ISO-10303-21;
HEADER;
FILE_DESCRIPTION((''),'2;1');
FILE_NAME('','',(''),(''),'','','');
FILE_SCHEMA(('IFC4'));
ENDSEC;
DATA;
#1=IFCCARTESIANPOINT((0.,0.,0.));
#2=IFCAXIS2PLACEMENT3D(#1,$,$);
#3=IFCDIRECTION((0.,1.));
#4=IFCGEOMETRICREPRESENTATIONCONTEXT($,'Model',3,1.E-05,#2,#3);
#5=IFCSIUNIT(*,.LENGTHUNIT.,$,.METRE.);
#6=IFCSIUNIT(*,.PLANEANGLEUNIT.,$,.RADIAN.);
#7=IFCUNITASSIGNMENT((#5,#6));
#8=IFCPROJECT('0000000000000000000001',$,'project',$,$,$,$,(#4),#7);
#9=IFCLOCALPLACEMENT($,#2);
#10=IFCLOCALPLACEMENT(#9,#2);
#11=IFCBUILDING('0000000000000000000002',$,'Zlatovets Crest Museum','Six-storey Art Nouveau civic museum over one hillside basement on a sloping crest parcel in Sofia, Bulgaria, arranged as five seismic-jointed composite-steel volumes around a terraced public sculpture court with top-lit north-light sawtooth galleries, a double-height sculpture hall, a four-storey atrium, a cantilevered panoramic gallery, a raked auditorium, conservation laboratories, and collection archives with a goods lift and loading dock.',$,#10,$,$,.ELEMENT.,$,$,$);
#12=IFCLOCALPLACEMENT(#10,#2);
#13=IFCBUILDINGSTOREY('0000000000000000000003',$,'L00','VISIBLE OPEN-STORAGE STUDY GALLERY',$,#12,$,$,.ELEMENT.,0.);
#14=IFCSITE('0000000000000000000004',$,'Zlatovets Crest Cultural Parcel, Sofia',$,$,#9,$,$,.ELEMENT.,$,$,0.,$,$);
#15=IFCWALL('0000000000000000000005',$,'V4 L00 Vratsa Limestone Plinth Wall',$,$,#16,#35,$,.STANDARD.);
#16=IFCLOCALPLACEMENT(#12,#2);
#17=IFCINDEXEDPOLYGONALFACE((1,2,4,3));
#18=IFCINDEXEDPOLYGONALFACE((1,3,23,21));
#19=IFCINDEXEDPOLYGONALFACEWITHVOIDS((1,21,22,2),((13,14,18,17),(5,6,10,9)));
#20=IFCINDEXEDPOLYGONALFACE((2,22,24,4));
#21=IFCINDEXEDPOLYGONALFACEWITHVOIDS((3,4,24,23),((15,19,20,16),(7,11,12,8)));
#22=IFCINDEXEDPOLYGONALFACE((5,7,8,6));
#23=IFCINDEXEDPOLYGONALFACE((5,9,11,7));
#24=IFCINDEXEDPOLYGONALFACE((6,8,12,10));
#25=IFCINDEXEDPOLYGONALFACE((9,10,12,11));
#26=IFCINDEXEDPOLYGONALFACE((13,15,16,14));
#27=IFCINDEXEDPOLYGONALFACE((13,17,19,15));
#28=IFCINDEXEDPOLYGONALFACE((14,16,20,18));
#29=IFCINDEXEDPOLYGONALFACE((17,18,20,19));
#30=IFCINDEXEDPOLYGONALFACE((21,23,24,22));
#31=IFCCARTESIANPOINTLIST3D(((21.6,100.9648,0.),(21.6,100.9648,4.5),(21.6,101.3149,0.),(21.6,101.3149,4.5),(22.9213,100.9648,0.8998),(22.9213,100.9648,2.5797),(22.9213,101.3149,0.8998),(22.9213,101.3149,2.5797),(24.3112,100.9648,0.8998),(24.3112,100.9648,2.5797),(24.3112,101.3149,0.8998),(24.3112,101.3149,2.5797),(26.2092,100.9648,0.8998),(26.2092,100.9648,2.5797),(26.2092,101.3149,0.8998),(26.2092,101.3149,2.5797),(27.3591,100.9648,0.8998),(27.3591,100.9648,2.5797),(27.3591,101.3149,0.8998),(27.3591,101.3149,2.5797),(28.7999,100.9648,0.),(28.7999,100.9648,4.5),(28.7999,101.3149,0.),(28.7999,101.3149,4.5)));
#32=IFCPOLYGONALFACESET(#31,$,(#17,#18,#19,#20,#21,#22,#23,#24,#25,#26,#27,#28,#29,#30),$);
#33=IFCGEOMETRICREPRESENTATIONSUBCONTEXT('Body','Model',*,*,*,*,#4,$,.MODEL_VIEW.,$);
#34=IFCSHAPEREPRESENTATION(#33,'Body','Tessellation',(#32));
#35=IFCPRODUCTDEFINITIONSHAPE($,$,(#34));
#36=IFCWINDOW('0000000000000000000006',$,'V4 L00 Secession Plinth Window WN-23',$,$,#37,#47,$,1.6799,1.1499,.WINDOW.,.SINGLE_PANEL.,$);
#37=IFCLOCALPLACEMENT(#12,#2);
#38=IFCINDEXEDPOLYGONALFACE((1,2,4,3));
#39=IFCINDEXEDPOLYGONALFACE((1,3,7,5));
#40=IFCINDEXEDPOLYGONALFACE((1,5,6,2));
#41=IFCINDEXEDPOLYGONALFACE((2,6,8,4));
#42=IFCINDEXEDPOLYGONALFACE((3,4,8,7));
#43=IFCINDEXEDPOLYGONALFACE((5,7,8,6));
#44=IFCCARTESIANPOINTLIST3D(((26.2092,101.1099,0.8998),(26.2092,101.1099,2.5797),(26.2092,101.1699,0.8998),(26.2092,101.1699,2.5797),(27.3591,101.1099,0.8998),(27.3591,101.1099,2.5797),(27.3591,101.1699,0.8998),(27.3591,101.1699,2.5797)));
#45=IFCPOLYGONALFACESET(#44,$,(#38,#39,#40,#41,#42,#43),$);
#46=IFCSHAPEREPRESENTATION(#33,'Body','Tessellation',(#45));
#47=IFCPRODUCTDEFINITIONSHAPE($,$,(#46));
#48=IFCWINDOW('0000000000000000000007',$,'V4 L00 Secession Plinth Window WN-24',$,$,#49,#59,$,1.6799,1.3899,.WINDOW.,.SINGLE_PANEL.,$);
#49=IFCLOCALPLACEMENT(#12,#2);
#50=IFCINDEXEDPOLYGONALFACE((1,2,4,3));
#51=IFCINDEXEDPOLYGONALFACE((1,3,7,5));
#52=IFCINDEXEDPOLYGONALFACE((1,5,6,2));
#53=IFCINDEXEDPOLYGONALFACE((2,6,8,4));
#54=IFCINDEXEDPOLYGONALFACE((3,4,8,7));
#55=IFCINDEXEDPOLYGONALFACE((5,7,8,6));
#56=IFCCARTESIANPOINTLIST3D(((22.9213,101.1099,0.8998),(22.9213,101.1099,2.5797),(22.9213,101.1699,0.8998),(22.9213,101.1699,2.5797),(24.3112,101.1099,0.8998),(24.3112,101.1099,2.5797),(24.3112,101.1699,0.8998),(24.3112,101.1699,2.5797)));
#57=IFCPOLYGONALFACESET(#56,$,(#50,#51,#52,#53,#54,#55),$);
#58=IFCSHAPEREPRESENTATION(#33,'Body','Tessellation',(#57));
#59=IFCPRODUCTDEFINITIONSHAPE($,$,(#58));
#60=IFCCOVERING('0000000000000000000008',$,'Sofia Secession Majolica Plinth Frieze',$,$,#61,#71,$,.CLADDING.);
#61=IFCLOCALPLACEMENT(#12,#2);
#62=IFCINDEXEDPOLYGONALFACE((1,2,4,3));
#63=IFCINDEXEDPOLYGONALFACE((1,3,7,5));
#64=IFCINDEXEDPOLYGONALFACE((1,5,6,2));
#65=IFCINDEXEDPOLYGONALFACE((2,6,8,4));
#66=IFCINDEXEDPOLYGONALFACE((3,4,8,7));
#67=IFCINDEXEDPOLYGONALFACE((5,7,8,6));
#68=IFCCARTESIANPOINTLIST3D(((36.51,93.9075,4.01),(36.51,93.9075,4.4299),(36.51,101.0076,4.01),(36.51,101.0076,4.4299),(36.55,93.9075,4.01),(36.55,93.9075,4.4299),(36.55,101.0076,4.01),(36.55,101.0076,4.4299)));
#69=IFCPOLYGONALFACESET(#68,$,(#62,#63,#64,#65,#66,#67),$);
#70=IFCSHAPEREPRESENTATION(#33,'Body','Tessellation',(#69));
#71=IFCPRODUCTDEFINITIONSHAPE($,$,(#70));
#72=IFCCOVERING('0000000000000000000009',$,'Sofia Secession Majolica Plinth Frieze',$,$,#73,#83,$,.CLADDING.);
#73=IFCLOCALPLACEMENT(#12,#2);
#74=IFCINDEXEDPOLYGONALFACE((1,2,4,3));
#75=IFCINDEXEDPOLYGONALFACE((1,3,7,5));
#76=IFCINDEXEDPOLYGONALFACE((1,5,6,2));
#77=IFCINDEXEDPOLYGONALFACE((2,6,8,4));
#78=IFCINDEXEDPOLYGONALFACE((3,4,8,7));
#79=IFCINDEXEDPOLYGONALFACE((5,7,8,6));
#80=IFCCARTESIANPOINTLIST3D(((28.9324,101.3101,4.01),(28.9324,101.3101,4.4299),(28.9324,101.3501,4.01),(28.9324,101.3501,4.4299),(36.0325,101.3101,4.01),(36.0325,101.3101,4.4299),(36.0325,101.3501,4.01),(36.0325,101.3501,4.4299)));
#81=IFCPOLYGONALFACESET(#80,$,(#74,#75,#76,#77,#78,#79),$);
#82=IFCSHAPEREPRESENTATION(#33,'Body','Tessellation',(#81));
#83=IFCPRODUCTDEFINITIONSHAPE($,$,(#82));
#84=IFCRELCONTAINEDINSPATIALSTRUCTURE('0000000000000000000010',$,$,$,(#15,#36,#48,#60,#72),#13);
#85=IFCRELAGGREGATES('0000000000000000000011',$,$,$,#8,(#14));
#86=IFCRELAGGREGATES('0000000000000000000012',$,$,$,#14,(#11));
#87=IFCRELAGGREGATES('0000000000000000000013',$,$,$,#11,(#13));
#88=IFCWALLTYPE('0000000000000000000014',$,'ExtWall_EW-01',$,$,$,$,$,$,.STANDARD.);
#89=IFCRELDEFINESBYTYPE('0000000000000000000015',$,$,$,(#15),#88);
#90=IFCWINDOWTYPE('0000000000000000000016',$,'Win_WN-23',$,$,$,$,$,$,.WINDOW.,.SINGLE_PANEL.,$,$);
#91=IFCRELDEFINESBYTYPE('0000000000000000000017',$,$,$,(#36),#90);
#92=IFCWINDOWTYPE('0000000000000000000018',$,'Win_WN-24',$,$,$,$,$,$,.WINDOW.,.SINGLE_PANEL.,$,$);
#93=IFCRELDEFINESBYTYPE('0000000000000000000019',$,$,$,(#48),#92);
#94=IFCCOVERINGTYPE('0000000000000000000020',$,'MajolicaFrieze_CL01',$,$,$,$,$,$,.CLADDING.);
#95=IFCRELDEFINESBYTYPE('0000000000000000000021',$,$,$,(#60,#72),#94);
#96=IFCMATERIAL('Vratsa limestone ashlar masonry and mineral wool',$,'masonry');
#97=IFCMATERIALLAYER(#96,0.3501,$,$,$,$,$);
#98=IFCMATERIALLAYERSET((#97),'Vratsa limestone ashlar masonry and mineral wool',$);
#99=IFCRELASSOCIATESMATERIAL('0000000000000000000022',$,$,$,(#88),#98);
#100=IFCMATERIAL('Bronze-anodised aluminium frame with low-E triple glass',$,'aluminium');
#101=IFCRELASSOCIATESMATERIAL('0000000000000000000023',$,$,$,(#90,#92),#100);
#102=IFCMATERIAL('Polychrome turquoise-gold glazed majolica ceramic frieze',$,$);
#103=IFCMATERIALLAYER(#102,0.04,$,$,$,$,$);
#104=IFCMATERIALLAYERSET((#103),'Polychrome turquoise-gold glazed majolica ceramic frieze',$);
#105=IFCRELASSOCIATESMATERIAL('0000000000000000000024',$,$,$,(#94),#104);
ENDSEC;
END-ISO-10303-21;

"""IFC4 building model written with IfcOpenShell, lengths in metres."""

from ifc_helpers import new_model, si_unit, direction, frame, frame_2d, origin, origin_2d, place, context, subcontext, project, spatial, rectangle, extrude, material, layer, layer_set, type_object, element, fill, save


model = new_model("IFC4")

# Units and contexts
model_context = context("Model", 3, precision=1e-05, world=origin(), true_north=direction((0.0, 1.0)))
body_context = subcontext(model_context, "Body", "Model", "MODEL_VIEW")
ifc_project = project(units=[si_unit("LENGTHUNIT", "METRE"), si_unit("PLANEANGLEUNIT", "RADIAN")], contexts=[model_context])

# Site, building, storey
site_placement = place(None, origin())
site = spatial("IfcSite", under=ifc_project, at=site_placement, Name="Zlatovets Crest Cultural Parcel, Sofia", CompositionType="ELEMENT", RefElevation=0.0)
building_placement = place(site_placement, origin())
building = spatial("IfcBuilding", under=site, at=building_placement, Name="Zlatovets Crest Museum", Description="Six-storey Art Nouveau civic museum over one hillside basement on a sloping crest parcel in Sofia, Bulgaria, arranged as five seismic-jointed composite-steel volumes around a terraced public sculpture court with top-lit north-light sawtooth galleries, a double-height sculpture hall, a four-storey atrium, a cantilevered panoramic gallery, a raked auditorium, conservation laboratories, and collection archives with a goods lift and loading dock.", CompositionType="ELEMENT")
storey_placement = place(building_placement, origin())
storey = spatial("IfcBuildingStorey", under=building, at=storey_placement, Name="L00", Description="VISIBLE OPEN-STORAGE STUDY GALLERY", CompositionType="ELEMENT", Elevation=0.0)

# Wall, openings, windows
ifc_material_1 = material(Name="Vratsa limestone ashlar masonry and mineral wool", Category="masonry")
ifc_layer_1 = layer(ifc_material_1, 0.3501)
ifc_layer_set_1 = layer_set([ifc_layer_1], Name="Vratsa limestone ashlar masonry and mineral wool")
wall_type = type_object("IfcWallType", Name="ExtWall_EW-01", PredefinedType="STANDARD", material=ifc_layer_set_1)
ifc_material_2 = material(Name="Bronze-anodised aluminium frame with low-E triple glass", Category="aluminium")
wall_1_placement = place(storey_placement, frame((28.8, 101.1399, 0.0), z_axis=(0.0, 0.0, 1.0), x_axis=(-1.0, 0.0, 0.0)))
wall_1 = element("IfcWall", 1, at=wall_1_placement, inside=storey, type_object=wall_type, Name="V4 L00 Vratsa Limestone Plinth Wall", PredefinedType="STANDARD", context=body_context, shape_type="SweptSolid", body=[
    extrude(rectangle(XDim=7.2, YDim=0.3501, at=frame_2d((3.6001, 0.0))), origin(), (0.0, 0.0, 1.0), 4.5),
])
opening_1_placement = place(wall_1_placement, frame((1.4409, 0.0, 0.8999)))
opening_1 = element("IfcOpeningElement", 2, at=opening_1_placement, cuts=wall_1, PredefinedType="OPENING", context=body_context, shape_type="SweptSolid", body=[
    extrude(rectangle(XDim=1.1499, YDim=1.6799, at=frame_2d((0.575, 0.8398))), frame((0.0, 0.1851, 0.0), z_axis=(0.0, -1.0, 0.0), x_axis=(1.0, 0.0, 0.0)), (0.0, 0.0, 1.0), 0.3701),
])
opening_2_placement = place(wall_1_placement, frame((4.489, 0.0, 0.8999)))
opening_2 = element("IfcOpeningElement", 3, at=opening_2_placement, cuts=wall_1, PredefinedType="OPENING", context=body_context, shape_type="SweptSolid", body=[
    extrude(rectangle(XDim=1.3899, YDim=1.6799, at=frame_2d((0.6948, 0.8398))), frame((0.0, 0.1851, 0.0), z_axis=(0.0, -1.0, 0.0), x_axis=(1.0, 0.0, 0.0)), (0.0, 0.0, 1.0), 0.3701),
])
window_type_1 = type_object("IfcWindowType", Name="Win_WN-23", PartitioningType="SINGLE_PANEL", PredefinedType="WINDOW", material=ifc_material_2)
window_1_placement = place(opening_1_placement, origin())
window_1 = element("IfcWindow", 4, at=window_1_placement, inside=storey, type_object=window_type_1, Name="V4 L00 Secession Plinth Window WN-23", OverallHeight=1.6799, OverallWidth=1.1499, PartitioningType="SINGLE_PANEL", PredefinedType="WINDOW", context=body_context, shape_type="SweptSolid", body=[
    extrude(rectangle(XDim=1.1499, YDim=1.6799, at=frame_2d((0.575, 0.8398))), frame((0.0, 0.03, 0.0), z_axis=(0.0, -1.0, 0.0), x_axis=(1.0, 0.0, 0.0)), (0.0, 0.0, 1.0), 0.0601),
])
fill(opening_1, window_1)
window_type_2 = type_object("IfcWindowType", Name="Win_WN-24", PartitioningType="SINGLE_PANEL", PredefinedType="WINDOW", material=ifc_material_2)
window_2_placement = place(opening_2_placement, origin())
window_2 = element("IfcWindow", 5, at=window_2_placement, inside=storey, type_object=window_type_2, Name="V4 L00 Secession Plinth Window WN-24", OverallHeight=1.6799, OverallWidth=1.3899, PartitioningType="SINGLE_PANEL", PredefinedType="WINDOW", context=body_context, shape_type="SweptSolid", body=[
    extrude(rectangle(XDim=1.3899, YDim=1.6799, at=frame_2d((0.6948, 0.8398))), frame((0.0, 0.03, 0.0), z_axis=(0.0, -1.0, 0.0), x_axis=(1.0, 0.0, 0.0)), (0.0, 0.0, 1.0), 0.0601),
])
fill(opening_2, window_2)

# Coverings
ifc_material_3 = material(Name="Polychrome turquoise-gold glazed majolica ceramic frieze")
ifc_layer_2 = layer(ifc_material_3, 0.04)
ifc_layer_set_2 = layer_set([ifc_layer_2], Name="Polychrome turquoise-gold glazed majolica ceramic frieze")
covering_type = type_object("IfcCoveringType", Name="MajolicaFrieze_CL01", PredefinedType="CLADDING", material=ifc_layer_set_2)
for number, where, z_axis, x_axis, name in (
    (6, (36.53, 97.4575, 4.01), (0.0, 0.0, 1.0), (0.0, 1.0, 0.0), "Sofia Secession Majolica Plinth Frieze"),
    (7, (32.4824, 101.3301, 4.01), (0.0, 0.0, 1.0), (1.0, 0.0, 0.0), "Sofia Secession Majolica Plinth Frieze"),
):
    element("IfcCovering", number, at=place(storey_placement, frame(where, z_axis=z_axis, x_axis=x_axis)), inside=storey, type_object=covering_type, Name=name, PredefinedType="CLADDING", context=body_context, shape_type="SweptSolid", body=[
        extrude(rectangle(XDim=7.1001, YDim=0.04, at=origin_2d()), origin(), (0.0, 0.0, 1.0), 0.4199),
    ])

save(model, "model.ifc")
